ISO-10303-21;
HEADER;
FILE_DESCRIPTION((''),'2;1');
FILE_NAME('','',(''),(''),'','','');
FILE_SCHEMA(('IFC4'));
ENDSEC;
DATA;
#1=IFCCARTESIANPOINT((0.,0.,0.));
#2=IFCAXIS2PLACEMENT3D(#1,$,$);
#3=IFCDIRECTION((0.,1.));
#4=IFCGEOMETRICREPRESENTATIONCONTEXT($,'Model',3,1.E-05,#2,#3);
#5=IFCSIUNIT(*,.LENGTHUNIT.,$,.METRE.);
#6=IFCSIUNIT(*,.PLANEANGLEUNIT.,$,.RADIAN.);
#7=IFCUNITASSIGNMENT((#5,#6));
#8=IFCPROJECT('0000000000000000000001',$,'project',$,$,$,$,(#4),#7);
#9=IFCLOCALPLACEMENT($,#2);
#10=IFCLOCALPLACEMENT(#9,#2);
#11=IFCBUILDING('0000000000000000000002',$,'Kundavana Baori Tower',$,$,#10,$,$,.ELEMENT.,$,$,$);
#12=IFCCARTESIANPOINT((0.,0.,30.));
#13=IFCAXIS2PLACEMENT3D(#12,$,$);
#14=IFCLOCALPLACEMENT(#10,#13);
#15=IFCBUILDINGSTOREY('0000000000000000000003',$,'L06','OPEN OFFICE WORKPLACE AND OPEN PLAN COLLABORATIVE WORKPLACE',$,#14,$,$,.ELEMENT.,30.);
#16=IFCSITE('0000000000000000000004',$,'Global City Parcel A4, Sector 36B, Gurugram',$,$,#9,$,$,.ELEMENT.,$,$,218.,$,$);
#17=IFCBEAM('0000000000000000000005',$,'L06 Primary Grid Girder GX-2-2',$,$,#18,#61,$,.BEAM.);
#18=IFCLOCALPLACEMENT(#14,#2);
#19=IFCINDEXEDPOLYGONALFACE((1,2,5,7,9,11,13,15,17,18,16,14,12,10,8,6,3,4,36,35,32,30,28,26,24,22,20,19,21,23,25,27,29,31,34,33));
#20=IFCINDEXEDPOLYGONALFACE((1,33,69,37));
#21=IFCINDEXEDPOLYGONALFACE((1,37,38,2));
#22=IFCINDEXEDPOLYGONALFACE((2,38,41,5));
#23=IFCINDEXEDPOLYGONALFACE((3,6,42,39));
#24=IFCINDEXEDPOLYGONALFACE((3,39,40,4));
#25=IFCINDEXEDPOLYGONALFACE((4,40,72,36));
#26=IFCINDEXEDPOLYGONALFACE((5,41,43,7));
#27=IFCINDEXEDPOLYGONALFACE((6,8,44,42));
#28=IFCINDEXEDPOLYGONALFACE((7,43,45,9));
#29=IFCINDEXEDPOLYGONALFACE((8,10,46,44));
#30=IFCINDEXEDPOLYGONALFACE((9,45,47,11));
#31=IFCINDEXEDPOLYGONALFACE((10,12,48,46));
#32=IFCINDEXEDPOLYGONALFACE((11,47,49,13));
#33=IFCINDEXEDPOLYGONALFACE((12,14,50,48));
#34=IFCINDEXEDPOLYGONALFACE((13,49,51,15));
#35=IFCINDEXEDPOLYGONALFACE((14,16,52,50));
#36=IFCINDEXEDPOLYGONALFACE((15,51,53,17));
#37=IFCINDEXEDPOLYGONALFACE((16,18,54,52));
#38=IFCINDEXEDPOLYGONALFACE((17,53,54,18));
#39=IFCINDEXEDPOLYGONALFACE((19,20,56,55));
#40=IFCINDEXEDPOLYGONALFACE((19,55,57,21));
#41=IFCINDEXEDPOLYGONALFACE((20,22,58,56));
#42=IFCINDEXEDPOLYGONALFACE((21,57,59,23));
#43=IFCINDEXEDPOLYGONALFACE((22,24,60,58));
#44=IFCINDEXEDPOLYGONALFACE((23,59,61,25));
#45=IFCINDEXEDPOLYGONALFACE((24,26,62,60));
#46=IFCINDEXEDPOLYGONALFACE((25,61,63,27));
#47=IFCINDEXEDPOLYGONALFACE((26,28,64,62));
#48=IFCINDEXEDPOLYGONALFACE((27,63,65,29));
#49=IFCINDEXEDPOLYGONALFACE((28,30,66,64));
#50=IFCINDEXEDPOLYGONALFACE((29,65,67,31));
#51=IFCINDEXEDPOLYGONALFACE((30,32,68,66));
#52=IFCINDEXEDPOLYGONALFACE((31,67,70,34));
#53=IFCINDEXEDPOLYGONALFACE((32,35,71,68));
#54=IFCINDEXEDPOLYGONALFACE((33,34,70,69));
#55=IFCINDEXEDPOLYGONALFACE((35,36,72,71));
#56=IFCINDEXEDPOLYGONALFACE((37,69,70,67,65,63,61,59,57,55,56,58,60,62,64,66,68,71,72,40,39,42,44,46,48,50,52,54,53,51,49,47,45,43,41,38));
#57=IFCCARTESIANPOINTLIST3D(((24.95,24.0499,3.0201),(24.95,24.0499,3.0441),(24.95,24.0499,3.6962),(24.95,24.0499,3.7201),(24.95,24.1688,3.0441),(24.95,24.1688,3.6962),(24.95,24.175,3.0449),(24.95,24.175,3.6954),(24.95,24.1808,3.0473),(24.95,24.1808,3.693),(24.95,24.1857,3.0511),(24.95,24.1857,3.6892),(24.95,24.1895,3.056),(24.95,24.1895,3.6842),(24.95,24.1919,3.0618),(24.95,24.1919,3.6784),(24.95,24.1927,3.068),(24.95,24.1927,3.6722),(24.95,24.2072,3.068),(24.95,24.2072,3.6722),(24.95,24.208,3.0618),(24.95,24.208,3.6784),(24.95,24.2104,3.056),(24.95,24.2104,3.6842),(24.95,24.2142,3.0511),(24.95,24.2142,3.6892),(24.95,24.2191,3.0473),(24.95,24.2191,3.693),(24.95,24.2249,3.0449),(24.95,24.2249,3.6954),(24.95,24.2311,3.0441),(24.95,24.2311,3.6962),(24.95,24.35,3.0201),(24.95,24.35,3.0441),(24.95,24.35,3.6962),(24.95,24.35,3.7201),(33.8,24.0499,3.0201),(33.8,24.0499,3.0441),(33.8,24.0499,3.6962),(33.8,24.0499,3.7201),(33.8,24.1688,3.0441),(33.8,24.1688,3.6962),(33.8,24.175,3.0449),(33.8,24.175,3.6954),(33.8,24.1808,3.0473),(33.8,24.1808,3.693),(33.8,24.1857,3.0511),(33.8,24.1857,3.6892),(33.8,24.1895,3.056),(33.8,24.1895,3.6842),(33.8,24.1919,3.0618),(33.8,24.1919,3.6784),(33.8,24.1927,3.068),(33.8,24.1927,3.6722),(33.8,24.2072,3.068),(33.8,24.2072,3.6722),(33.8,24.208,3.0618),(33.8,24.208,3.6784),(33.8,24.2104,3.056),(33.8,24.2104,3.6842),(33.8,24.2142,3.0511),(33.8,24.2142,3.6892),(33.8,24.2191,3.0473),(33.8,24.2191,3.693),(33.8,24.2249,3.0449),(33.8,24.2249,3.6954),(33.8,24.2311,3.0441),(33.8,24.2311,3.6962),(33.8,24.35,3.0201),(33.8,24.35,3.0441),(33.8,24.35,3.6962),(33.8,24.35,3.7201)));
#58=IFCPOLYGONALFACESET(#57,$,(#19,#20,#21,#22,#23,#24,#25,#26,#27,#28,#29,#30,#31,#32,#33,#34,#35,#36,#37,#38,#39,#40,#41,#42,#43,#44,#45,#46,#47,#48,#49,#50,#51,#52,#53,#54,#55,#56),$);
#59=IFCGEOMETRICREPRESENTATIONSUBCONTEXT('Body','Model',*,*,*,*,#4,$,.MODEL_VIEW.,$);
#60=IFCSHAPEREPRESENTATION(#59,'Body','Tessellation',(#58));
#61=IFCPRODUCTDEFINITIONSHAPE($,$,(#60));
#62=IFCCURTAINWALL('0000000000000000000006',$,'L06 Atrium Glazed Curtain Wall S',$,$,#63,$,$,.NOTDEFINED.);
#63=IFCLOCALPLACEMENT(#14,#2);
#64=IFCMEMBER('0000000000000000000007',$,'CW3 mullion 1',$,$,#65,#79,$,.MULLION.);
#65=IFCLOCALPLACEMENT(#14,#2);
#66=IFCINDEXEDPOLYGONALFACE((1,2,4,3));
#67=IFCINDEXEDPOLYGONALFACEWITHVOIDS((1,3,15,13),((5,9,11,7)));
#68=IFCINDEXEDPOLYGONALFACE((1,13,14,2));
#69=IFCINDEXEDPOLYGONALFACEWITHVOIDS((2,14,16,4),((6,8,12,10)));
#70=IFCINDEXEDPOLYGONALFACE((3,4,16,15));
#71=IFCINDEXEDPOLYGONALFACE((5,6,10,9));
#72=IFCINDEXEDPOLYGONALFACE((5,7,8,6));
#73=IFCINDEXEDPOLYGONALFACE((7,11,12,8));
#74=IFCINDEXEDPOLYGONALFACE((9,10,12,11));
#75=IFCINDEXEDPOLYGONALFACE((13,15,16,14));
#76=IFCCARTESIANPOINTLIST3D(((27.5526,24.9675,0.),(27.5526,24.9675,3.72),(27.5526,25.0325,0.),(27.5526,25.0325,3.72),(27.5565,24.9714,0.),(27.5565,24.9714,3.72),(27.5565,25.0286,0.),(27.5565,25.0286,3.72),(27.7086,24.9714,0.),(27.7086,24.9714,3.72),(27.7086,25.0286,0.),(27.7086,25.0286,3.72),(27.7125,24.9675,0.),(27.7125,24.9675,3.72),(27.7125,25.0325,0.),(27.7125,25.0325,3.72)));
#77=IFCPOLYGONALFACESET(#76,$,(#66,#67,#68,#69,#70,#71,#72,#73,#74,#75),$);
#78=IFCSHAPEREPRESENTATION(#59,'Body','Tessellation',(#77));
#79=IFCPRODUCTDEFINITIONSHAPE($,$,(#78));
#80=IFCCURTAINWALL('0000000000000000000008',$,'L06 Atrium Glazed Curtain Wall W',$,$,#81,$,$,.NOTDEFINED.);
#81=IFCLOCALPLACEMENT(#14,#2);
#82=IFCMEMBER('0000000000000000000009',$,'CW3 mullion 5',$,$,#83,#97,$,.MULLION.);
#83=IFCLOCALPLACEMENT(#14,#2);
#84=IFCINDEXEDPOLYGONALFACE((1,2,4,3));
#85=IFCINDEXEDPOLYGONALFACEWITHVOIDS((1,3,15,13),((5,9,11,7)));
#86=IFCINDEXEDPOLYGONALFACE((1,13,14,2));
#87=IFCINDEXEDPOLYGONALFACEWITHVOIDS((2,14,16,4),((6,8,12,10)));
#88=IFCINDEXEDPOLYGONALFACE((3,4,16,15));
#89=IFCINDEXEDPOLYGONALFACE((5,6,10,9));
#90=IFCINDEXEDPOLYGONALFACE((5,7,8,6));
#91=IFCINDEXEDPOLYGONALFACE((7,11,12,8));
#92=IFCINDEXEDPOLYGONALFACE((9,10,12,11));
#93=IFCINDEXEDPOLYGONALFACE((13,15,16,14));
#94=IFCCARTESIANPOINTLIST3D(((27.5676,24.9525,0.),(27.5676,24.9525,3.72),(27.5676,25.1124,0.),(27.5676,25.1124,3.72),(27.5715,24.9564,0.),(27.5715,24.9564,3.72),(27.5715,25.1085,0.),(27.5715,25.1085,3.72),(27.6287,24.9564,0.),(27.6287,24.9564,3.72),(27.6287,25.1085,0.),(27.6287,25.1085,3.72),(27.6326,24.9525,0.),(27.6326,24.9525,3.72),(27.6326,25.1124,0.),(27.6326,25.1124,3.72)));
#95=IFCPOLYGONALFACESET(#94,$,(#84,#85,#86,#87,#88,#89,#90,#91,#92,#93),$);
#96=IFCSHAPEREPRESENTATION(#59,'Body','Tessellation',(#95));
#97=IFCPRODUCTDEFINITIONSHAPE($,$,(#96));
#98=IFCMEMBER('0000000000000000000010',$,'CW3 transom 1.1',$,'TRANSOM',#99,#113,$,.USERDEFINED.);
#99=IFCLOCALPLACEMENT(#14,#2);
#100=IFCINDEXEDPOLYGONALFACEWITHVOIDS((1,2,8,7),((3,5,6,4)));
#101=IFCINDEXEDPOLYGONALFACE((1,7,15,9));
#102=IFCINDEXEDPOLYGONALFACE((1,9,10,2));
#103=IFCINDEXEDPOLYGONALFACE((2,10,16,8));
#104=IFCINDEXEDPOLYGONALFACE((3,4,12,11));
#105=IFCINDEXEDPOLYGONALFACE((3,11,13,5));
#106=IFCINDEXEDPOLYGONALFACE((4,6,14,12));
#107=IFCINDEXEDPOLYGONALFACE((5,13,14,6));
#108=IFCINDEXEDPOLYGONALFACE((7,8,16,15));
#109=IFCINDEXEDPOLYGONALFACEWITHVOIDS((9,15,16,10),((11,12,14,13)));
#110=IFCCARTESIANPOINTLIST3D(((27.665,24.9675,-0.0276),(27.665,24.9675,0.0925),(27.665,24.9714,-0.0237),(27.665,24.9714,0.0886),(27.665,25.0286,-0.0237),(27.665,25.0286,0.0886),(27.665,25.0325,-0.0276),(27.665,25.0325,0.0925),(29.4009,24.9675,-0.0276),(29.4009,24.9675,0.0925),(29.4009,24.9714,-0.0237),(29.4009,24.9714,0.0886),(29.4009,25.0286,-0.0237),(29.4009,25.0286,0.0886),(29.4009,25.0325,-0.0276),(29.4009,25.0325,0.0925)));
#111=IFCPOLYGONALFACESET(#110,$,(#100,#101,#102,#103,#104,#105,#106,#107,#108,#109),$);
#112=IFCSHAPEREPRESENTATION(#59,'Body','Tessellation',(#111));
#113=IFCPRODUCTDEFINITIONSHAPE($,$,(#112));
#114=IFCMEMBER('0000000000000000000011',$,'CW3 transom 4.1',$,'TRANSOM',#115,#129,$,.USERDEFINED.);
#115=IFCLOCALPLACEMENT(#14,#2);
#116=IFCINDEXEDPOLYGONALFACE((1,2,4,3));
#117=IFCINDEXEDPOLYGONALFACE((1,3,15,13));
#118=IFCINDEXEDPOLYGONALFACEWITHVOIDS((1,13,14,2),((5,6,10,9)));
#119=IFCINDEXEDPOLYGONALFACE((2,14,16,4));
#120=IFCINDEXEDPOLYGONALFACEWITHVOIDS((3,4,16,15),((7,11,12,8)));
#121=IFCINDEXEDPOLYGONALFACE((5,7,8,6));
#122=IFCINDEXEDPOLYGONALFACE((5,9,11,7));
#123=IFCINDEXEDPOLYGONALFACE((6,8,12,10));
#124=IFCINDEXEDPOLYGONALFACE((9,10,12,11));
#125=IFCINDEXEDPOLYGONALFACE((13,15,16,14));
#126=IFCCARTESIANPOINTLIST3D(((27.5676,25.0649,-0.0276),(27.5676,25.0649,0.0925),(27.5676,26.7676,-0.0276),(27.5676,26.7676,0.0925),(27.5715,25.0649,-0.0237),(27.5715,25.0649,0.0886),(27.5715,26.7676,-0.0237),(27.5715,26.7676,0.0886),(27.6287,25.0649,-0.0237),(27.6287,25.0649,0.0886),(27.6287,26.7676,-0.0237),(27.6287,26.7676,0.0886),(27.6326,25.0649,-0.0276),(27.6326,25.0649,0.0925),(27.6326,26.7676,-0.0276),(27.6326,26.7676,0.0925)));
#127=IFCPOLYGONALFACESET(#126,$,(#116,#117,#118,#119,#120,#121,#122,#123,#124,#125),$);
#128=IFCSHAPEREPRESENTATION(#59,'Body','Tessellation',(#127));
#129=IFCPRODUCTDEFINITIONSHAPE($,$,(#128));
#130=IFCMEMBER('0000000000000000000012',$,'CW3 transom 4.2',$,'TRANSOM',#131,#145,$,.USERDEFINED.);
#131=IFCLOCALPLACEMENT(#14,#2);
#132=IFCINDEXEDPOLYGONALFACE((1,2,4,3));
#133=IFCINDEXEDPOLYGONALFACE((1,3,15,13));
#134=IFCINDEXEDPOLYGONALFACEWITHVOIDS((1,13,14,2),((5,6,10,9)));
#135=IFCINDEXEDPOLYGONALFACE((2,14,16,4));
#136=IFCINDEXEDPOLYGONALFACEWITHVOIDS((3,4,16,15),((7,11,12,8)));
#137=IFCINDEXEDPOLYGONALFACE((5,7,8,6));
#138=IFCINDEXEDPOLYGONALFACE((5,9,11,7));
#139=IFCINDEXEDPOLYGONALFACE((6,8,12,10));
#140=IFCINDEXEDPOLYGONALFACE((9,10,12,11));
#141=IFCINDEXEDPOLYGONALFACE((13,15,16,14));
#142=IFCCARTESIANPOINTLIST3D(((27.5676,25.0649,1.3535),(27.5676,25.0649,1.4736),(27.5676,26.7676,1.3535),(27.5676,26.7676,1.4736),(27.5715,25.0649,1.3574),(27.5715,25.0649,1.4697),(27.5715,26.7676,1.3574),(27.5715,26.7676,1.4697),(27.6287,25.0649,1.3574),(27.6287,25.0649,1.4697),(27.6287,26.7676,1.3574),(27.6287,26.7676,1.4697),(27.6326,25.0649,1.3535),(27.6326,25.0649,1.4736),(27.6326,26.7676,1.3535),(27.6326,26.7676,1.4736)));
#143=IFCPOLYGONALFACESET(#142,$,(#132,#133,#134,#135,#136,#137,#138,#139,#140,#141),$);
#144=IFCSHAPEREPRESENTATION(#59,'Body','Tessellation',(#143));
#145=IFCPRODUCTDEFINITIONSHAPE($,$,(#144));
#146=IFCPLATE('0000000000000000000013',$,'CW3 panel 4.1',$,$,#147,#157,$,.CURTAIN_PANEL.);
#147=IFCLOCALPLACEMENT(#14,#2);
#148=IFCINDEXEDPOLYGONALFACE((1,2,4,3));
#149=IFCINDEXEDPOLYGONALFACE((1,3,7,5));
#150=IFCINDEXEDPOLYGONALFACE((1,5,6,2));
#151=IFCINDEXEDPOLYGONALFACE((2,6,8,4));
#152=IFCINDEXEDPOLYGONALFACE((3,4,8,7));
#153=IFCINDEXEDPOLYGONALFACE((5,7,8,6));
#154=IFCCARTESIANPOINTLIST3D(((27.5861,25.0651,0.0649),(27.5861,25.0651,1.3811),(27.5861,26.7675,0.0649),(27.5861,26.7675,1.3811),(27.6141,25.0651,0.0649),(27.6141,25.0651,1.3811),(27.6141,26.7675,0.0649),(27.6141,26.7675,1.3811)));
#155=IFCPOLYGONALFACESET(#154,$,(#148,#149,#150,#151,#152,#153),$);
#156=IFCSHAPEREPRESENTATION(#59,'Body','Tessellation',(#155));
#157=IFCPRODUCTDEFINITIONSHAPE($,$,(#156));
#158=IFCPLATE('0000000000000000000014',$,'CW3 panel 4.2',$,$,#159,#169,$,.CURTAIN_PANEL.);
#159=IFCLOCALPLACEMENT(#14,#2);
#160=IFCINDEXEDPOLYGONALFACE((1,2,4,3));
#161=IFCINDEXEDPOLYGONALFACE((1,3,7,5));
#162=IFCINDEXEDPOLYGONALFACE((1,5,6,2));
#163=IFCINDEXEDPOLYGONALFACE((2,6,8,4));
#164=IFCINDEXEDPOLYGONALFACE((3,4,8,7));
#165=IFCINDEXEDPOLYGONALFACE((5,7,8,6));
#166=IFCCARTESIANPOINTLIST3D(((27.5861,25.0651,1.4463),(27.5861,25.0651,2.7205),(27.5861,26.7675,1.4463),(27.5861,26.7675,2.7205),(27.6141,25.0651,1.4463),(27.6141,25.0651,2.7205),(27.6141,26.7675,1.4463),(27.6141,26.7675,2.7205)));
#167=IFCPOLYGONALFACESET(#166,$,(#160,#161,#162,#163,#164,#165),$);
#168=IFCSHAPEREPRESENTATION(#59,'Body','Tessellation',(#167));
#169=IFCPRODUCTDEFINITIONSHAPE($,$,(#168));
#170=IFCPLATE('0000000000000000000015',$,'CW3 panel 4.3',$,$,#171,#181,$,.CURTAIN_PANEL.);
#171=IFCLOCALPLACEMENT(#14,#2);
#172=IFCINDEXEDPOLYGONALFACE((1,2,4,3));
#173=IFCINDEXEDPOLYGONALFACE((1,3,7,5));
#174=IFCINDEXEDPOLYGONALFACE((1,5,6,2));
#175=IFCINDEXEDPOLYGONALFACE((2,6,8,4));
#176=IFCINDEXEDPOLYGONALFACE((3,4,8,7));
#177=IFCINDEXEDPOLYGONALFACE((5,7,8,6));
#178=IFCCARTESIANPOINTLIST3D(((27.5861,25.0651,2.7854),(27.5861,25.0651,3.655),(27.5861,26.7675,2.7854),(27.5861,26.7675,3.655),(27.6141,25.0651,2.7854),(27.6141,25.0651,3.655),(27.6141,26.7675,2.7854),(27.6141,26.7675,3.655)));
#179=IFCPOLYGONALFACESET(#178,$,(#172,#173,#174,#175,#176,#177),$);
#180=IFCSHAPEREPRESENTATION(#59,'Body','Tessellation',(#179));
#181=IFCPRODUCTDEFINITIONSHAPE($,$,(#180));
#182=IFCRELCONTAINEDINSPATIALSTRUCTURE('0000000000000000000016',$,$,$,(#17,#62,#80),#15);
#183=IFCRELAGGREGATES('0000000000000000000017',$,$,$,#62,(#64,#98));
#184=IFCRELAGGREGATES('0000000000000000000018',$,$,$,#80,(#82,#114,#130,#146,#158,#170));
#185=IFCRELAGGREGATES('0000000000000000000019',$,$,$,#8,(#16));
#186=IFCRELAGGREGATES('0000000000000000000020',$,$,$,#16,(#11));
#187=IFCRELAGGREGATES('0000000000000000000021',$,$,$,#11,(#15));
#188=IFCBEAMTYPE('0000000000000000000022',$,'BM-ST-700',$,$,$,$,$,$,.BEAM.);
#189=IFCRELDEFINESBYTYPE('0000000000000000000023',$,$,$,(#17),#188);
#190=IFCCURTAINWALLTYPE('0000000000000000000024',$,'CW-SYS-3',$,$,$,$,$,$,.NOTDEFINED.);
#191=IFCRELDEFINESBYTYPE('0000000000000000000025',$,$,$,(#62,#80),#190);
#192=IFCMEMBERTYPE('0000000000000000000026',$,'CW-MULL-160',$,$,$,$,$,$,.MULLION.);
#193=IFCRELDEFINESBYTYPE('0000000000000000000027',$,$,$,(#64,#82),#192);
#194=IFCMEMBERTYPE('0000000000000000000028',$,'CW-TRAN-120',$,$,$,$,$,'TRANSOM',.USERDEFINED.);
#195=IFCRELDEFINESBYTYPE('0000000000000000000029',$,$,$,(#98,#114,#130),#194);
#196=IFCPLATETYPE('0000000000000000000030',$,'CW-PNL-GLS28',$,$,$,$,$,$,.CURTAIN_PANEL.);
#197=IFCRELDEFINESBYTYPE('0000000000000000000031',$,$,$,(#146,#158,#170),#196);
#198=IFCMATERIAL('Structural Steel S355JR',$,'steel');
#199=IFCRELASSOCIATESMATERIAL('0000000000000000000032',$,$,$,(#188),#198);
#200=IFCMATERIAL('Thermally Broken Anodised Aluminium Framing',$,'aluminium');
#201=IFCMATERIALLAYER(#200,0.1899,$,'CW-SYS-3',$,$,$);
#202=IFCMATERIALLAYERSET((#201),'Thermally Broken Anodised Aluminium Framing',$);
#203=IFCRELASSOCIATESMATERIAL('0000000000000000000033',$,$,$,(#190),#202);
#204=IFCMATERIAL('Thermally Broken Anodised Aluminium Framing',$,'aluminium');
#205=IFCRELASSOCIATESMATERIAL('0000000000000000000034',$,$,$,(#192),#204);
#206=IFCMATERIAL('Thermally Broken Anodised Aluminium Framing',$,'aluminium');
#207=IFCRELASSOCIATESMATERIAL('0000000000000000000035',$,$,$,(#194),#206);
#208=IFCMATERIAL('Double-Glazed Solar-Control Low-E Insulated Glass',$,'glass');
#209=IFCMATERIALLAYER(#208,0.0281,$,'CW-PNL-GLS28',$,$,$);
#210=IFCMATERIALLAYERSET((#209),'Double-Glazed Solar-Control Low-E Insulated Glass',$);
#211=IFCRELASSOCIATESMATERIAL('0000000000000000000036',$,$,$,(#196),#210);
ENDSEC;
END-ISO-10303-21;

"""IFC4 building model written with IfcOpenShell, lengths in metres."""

from ifc_helpers import new_model, si_unit, direction, frame, origin, origin_2d, place, context, subcontext, project, spatial, rectangle, hollow_rectangle, i_section, extrude, material, layer, layer_set, material_profile, profile_set, type_object, element, aggregate, save


model = new_model("IFC4")

# Units and contexts
model_context = context("Model", 3, precision=1e-05, world=origin(), true_north=direction((0.0, 1.0)))
body_context = subcontext(model_context, "Body", "Model", "MODEL_VIEW")
ifc_project = project(units=[si_unit("LENGTHUNIT", "METRE"), si_unit("PLANEANGLEUNIT", "RADIAN")], contexts=[model_context])

# Site, building, storey
site_placement = place(None, origin())
site = spatial("IfcSite", under=ifc_project, at=site_placement, Name="Global City Parcel A4, Sector 36B, Gurugram", CompositionType="ELEMENT", RefElevation=218.0)
building_placement = place(site_placement, origin())
building = spatial("IfcBuilding", under=site, at=building_placement, Name="Kundavana Baori Tower", CompositionType="ELEMENT")
storey_placement = place(building_placement, frame((0.0, 0.0, 30.0)))
storey = spatial("IfcBuildingStorey", under=building, at=storey_placement, Name="L06", Description="OPEN OFFICE WORKPLACE AND OPEN PLAN COLLABORATIVE WORKPLACE", CompositionType="ELEMENT", Elevation=30.0)

# Beam
ifc_material_1 = material(Name="Structural Steel S355JR", Category="steel")
ifc_material_profile_1 = material_profile(ifc_material_1, i_section(OverallWidth=0.3, OverallDepth=0.7, WebThickness=0.0144, FlangeThickness=0.0239, FilletRadius=0.0239, at=origin_2d()), Name="NPB 700x300x170")
ifc_profile_set_1 = profile_set([ifc_material_profile_1], Name="Structural Steel S355JR")
beam_type_1 = type_object("IfcBeamType", Name="BM-ST-700", PredefinedType="BEAM", material=ifc_profile_set_1)
beam_1_placement = place(storey_placement, frame((24.95, 24.2, 3.3701), z_axis=(1.0, 0.0, 0.0), x_axis=(0.0, 1.0, 0.0)))
element("IfcBeam", 1, at=beam_1_placement, inside=storey, type_object=beam_type_1, Name="L06 Primary Grid Girder GX-2-2", PredefinedType="BEAM", context=body_context, shape_type="SweptSolid", body=[
    extrude(i_section(OverallWidth=0.3, OverallDepth=0.7, WebThickness=0.0144, FlangeThickness=0.0239, FilletRadius=0.0239, at=origin_2d()), origin(), (0.0, 0.0, 1.0), 8.8501),
])

# Curtain walls, members
ifc_material_2 = material(Name="Thermally Broken Anodised Aluminium Framing", Category="aluminium")
ifc_layer_1 = layer(ifc_material_2, 0.1899, Name="CW-SYS-3")
ifc_layer_set_1 = layer_set([ifc_layer_1], Name="Thermally Broken Anodised Aluminium Framing")
curtain_wall_type = type_object("IfcCurtainWallType", Name="CW-SYS-3", PredefinedType="NOTDEFINED", material=ifc_layer_set_1)
curtain_wall_1_placement = place(storey_placement, origin())
curtain_wall_1 = element("IfcCurtainWall", 2, at=curtain_wall_1_placement, inside=storey, type_object=curtain_wall_type, Name="L06 Atrium Glazed Curtain Wall S", PredefinedType="NOTDEFINED")
ifc_material_3 = material(Name="Thermally Broken Anodised Aluminium Framing", Category="aluminium")
ifc_material_profile_2 = material_profile(ifc_material_3, hollow_rectangle(XDim=0.0649, YDim=0.1599, WallThickness=0.0039, at=origin_2d()), Name="CW-MULL-160")
ifc_profile_set_2 = profile_set([ifc_material_profile_2], Name="Thermally Broken Anodised Aluminium Framing")
member_type_1 = type_object("IfcMemberType", Name="CW-MULL-160", PredefinedType="MULLION", material=ifc_profile_set_2)
member_1_placement = place(storey_placement, frame((27.6326, 25.0, 0.0), z_axis=(0.0, 0.0, 1.0), x_axis=(0.0, 1.0, 0.0)))
member_1 = element("IfcMember", 3, at=member_1_placement, type_object=member_type_1, Name="CW3 mullion 1", PredefinedType="MULLION", context=body_context, shape_type="SweptSolid", body=[
    extrude(hollow_rectangle(XDim=0.0649, YDim=0.1599, WallThickness=0.0039, at=origin_2d()), origin(), (0.0, 0.0, 1.0), 3.72),
])
curtain_wall_2_placement = place(storey_placement, origin())
curtain_wall_2 = element("IfcCurtainWall", 4, at=curtain_wall_2_placement, inside=storey, type_object=curtain_wall_type, Name="L06 Atrium Glazed Curtain Wall W", PredefinedType="NOTDEFINED")
member_2_placement = place(storey_placement, frame((27.6001, 25.0325, 0.0), z_axis=(0.0, 0.0, 1.0), x_axis=(1.0, 0.0, 0.0)))
member_2 = element("IfcMember", 5, at=member_2_placement, type_object=member_type_1, Name="CW3 mullion 5", PredefinedType="MULLION", context=body_context, shape_type="SweptSolid", body=[
    extrude(hollow_rectangle(XDim=0.0649, YDim=0.1599, WallThickness=0.0039, at=origin_2d()), origin(), (0.0, 0.0, 1.0), 3.72),
])

# Members
ifc_material_4 = material(Name="Thermally Broken Anodised Aluminium Framing", Category="aluminium")
ifc_material_profile_3 = material_profile(ifc_material_4, hollow_rectangle(XDim=0.0649, YDim=0.1201, WallThickness=0.0039, at=origin_2d()), Name="CW-TRAN-120")
ifc_profile_set_3 = profile_set([ifc_material_profile_3], Name="Thermally Broken Anodised Aluminium Framing")
member_type_2 = type_object("IfcMemberType", Name="CW-TRAN-120", ElementType="TRANSOM", PredefinedType="USERDEFINED", material=ifc_profile_set_3)
member_3_placement = place(storey_placement, frame((27.665, 25.0, 0.0325), z_axis=(1.0, 0.0, 0.0), x_axis=(0.0, 1.0, 0.0)))
member_3 = element("IfcMember", 6, at=member_3_placement, type_object=member_type_2, Name="CW3 transom 1.1", ObjectType="TRANSOM", PredefinedType="USERDEFINED", context=body_context, shape_type="SweptSolid", body=[
    extrude(hollow_rectangle(XDim=0.0649, YDim=0.1201, WallThickness=0.0039, at=origin_2d()), origin(), (0.0, 0.0, 1.0), 1.7358),
])
aggregate(curtain_wall_1, [member_1, member_3])
member_4_placement = place(storey_placement, frame((27.6001, 26.7676, 0.0325), z_axis=(0.0, -1.0, 0.0), x_axis=(1.0, 0.0, 0.0)))
member_4 = element("IfcMember", 7, at=member_4_placement, type_object=member_type_2, Name="CW3 transom 4.1", ObjectType="TRANSOM", PredefinedType="USERDEFINED", context=body_context, shape_type="SweptSolid", body=[
    extrude(hollow_rectangle(XDim=0.0649, YDim=0.1201, WallThickness=0.0039, at=origin_2d()), origin(), (0.0, 0.0, 1.0), 1.7026),
])
member_5_placement = place(storey_placement, frame((27.6001, 26.7676, 1.4136), z_axis=(0.0, -1.0, 0.0), x_axis=(1.0, 0.0, 0.0)))
member_5 = element("IfcMember", 8, at=member_5_placement, type_object=member_type_2, Name="CW3 transom 4.2", ObjectType="TRANSOM", PredefinedType="USERDEFINED", context=body_context, shape_type="SweptSolid", body=[
    extrude(hollow_rectangle(XDim=0.0649, YDim=0.1201, WallThickness=0.0039, at=origin_2d()), origin(), (0.0, 0.0, 1.0), 1.7026),
])

# Plates
ifc_material_5 = material(Name="Double-Glazed Solar-Control Low-E Insulated Glass", Category="glass")
ifc_layer_2 = layer(ifc_material_5, 0.0281, Name="CW-PNL-GLS28")
ifc_layer_set_2 = layer_set([ifc_layer_2], Name="Double-Glazed Solar-Control Low-E Insulated Glass")
plate_type = type_object("IfcPlateType", Name="CW-PNL-GLS28", PredefinedType="CURTAIN_PANEL", material=ifc_layer_set_2)
plate_1_placement = place(storey_placement, frame((27.6001, 25.9163, 0.0649), z_axis=(0.0, 0.0, 1.0), x_axis=(0.0, -1.0, 0.0)))
plate_1 = element("IfcPlate", 9, at=plate_1_placement, type_object=plate_type, Name="CW3 panel 4.1", PredefinedType="CURTAIN_PANEL", context=body_context, shape_type="SweptSolid", body=[
    extrude(rectangle(XDim=1.7024, YDim=0.0281, at=origin_2d()), origin(), (0.0, 0.0, 1.0), 1.3162),
])
plate_2_placement = place(storey_placement, frame((27.6001, 25.9163, 1.4463), z_axis=(0.0, 0.0, 1.0), x_axis=(0.0, -1.0, 0.0)))
plate_2 = element("IfcPlate", 10, at=plate_2_placement, type_object=plate_type, Name="CW3 panel 4.2", PredefinedType="CURTAIN_PANEL", context=body_context, shape_type="SweptSolid", body=[
    extrude(rectangle(XDim=1.7024, YDim=0.0281, at=origin_2d()), origin(), (0.0, 0.0, 1.0), 1.2742),
])
plate_3_placement = place(storey_placement, frame((27.6001, 25.9163, 2.7854), z_axis=(0.0, 0.0, 1.0), x_axis=(0.0, -1.0, 0.0)))
plate_3 = element("IfcPlate", 11, at=plate_3_placement, type_object=plate_type, Name="CW3 panel 4.3", PredefinedType="CURTAIN_PANEL", context=body_context, shape_type="SweptSolid", body=[
    extrude(rectangle(XDim=1.7024, YDim=0.0281, at=origin_2d()), origin(), (0.0, 0.0, 1.0), 0.8696),
])
aggregate(curtain_wall_2, [member_2, member_4, member_5, plate_1, plate_2, plate_3])

save(model, "model.ifc")
